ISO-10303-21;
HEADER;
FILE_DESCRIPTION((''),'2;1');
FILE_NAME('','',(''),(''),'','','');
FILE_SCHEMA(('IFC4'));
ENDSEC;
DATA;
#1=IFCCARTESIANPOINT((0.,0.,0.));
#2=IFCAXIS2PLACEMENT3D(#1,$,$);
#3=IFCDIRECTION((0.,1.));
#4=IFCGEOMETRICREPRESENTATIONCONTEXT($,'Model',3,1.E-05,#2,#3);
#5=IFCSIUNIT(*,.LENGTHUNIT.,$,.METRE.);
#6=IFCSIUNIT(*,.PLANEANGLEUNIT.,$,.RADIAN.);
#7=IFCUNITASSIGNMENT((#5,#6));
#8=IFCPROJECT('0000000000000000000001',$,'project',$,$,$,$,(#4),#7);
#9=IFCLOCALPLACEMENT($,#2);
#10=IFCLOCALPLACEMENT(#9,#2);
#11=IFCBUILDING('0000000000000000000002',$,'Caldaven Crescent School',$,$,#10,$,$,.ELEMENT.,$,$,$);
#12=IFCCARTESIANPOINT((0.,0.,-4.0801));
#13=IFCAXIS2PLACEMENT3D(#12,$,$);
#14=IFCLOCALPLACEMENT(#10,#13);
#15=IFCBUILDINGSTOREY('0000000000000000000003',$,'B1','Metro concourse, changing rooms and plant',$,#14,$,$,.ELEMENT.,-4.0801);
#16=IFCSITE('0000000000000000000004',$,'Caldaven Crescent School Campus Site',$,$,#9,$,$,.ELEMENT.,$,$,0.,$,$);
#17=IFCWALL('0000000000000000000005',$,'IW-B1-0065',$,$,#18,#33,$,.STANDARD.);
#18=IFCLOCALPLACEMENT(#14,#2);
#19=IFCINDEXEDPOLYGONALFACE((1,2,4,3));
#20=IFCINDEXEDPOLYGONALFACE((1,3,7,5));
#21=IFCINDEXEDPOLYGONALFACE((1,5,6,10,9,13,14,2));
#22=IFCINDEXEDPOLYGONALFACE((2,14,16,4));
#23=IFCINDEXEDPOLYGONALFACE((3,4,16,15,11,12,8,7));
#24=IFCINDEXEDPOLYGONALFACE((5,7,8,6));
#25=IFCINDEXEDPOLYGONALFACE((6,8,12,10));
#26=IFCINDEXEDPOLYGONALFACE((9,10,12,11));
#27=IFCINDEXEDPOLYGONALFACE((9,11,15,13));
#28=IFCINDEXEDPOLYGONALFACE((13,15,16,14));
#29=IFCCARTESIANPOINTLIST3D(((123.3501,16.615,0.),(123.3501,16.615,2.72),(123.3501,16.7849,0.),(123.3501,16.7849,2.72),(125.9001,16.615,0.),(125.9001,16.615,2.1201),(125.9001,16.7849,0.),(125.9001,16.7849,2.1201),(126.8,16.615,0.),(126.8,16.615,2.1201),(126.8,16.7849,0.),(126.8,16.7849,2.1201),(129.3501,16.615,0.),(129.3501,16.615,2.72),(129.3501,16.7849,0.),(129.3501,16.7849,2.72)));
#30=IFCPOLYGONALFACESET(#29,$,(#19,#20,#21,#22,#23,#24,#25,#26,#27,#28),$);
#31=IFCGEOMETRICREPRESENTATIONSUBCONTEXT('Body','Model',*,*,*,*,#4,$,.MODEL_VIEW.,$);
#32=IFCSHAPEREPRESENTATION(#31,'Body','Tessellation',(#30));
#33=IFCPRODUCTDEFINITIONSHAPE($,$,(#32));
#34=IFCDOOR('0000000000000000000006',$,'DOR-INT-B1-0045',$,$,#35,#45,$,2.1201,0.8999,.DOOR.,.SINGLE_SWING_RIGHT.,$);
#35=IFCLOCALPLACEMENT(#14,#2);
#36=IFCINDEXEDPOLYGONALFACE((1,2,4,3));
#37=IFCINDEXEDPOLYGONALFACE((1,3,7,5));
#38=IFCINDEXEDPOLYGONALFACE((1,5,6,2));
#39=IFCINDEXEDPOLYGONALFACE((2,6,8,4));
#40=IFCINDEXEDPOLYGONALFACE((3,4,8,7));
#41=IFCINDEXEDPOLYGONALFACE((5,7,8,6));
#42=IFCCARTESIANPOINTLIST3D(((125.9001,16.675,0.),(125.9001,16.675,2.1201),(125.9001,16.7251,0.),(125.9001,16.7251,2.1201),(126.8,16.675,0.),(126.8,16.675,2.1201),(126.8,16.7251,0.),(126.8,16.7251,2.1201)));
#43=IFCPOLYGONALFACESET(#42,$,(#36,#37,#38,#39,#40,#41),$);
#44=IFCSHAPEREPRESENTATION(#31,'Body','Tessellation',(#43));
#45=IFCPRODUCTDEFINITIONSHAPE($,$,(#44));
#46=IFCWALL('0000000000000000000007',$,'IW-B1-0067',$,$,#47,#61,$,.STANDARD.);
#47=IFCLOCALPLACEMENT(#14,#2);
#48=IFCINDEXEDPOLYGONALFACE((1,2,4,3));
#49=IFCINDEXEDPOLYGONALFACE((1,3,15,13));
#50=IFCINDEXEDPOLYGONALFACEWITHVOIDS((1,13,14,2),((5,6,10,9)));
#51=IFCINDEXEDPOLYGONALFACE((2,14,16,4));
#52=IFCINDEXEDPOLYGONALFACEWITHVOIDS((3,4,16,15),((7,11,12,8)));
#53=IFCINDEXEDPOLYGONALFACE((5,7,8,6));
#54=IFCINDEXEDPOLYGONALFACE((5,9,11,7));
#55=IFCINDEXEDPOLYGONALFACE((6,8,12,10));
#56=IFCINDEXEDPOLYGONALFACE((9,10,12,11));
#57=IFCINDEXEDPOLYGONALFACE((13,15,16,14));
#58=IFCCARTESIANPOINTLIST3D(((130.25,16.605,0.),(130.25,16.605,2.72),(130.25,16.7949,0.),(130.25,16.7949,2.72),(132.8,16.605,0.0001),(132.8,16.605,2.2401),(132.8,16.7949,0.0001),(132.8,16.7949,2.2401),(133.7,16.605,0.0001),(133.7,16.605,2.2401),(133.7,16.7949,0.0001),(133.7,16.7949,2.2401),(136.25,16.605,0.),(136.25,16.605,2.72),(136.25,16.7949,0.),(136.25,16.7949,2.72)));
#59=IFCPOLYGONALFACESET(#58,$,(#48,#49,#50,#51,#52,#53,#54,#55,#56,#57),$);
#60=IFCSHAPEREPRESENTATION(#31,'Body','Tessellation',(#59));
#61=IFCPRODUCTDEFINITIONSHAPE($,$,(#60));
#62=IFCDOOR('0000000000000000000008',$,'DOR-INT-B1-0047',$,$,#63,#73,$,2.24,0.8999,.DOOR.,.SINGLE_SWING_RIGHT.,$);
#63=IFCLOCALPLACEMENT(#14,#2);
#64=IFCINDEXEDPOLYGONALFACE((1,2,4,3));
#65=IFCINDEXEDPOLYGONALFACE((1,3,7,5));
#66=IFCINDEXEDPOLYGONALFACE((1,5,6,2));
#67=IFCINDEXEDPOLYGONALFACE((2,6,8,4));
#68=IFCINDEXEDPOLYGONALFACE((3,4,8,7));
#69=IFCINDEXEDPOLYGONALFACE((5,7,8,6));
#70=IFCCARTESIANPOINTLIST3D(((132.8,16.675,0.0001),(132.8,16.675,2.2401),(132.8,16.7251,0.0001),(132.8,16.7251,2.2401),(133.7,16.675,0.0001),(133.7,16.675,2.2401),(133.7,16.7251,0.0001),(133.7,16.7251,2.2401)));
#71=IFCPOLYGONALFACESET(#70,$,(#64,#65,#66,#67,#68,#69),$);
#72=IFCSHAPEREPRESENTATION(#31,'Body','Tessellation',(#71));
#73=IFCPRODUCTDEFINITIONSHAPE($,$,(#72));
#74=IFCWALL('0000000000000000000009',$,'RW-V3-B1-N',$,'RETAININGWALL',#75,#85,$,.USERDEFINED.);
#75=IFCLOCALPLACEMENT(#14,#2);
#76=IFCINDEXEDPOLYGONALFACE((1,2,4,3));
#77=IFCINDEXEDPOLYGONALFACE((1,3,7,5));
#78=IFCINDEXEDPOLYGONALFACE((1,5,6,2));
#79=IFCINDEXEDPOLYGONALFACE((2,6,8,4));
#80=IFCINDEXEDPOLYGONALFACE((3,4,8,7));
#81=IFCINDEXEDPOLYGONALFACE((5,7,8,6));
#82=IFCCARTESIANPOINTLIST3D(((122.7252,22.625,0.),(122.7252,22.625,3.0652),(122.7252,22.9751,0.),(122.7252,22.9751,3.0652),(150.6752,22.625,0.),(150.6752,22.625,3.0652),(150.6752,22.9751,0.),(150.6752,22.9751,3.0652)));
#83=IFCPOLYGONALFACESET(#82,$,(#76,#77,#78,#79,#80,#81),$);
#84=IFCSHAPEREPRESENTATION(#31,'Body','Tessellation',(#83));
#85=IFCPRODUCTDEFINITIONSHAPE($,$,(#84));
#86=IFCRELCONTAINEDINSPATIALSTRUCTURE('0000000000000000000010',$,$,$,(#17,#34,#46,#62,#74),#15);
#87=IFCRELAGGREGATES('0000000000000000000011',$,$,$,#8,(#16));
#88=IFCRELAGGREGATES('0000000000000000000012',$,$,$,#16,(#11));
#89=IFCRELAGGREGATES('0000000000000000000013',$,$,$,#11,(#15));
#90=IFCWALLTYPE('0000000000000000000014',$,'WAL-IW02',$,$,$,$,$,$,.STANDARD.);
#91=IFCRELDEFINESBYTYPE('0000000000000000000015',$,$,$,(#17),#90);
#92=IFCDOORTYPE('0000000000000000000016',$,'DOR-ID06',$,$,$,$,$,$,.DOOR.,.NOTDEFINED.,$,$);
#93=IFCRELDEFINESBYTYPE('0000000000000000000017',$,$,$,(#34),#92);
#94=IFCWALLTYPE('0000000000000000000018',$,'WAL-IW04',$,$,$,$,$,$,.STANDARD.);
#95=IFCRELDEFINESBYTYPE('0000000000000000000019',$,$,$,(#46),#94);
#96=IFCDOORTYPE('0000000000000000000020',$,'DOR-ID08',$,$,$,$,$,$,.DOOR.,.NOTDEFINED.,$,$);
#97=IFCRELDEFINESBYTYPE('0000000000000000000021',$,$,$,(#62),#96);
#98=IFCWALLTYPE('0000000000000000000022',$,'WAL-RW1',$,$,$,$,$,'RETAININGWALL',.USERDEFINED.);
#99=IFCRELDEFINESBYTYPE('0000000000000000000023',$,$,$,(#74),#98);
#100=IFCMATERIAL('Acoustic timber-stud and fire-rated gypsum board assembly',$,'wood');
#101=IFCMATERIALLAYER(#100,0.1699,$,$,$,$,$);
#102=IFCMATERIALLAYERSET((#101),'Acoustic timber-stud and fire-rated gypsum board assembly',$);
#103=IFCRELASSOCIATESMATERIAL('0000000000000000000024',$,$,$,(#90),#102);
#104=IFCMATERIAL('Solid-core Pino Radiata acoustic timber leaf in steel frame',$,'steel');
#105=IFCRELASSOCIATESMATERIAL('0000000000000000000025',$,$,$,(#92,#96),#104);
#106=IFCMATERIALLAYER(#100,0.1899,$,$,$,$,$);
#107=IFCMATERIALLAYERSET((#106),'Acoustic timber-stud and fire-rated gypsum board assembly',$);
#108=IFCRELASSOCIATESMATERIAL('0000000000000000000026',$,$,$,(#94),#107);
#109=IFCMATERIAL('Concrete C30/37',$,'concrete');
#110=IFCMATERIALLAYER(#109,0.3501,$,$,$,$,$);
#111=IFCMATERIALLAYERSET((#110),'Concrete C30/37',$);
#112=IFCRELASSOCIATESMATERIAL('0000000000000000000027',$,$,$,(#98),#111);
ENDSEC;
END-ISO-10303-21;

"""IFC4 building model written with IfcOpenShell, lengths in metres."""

from ifc_helpers import new_model, si_unit, direction, frame, frame_2d, origin, place, context, subcontext, project, spatial, rectangle, extrude, material, layer, layer_set, type_object, element, fill, save


model = new_model("IFC4")

# Units and contexts
model_context = context("Model", 3, precision=1e-05, world=origin(), true_north=direction((0.0, 1.0)))
body_context = subcontext(model_context, "Body", "Model", "MODEL_VIEW")
ifc_project = project(units=[si_unit("LENGTHUNIT", "METRE"), si_unit("PLANEANGLEUNIT", "RADIAN")], contexts=[model_context])

# Site, building, storey
site_placement = place(None, origin())
site = spatial("IfcSite", under=ifc_project, at=site_placement, Name="Caldaven Crescent School Campus Site", CompositionType="ELEMENT", RefElevation=0.0)
building_placement = place(site_placement, origin())
building = spatial("IfcBuilding", under=site, at=building_placement, Name="Caldaven Crescent School", CompositionType="ELEMENT")
storey_placement = place(building_placement, frame((0.0, 0.0, -4.0801)))
storey = spatial("IfcBuildingStorey", under=building, at=storey_placement, Name="B1", Description="Metro concourse, changing rooms and plant", CompositionType="ELEMENT", Elevation=-4.0801)

# Shared definitions
ifc_material_1 = material(Name="Concrete C30/37", Category="concrete")

# Walls, openings, doors
ifc_material_2 = material(Name="Acoustic timber-stud and fire-rated gypsum board assembly", Category="wood")
ifc_layer_1 = layer(ifc_material_2, 0.1699)
ifc_layer_set_1 = layer_set([ifc_layer_1], Name="Acoustic timber-stud and fire-rated gypsum board assembly")
wall_type_1 = type_object("IfcWallType", Name="WAL-IW02", PredefinedType="STANDARD", material=ifc_layer_set_1)
wall_1_placement = place(storey_placement, frame((123.3501, 16.7, 0.0), z_axis=(0.0, 0.0, 1.0), x_axis=(1.0, 0.0, 0.0)))
wall_1 = element("IfcWall", 1, at=wall_1_placement, inside=storey, type_object=wall_type_1, Name="IW-B1-0065", PredefinedType="STANDARD", context=body_context, shape_type="SweptSolid", body=[
    extrude(rectangle(XDim=6.0, YDim=0.1699, at=frame_2d((3.0, 0.0))), origin(), (0.0, 0.0, 1.0), 2.72),
])
opening_1_placement = place(wall_1_placement, frame((2.55, 0.0, 0.0)))
opening_1 = element("IfcOpeningElement", 2, at=opening_1_placement, cuts=wall_1, PredefinedType="OPENING", context=body_context, shape_type="SweptSolid", body=[
    extrude(rectangle(XDim=0.8999, YDim=2.1201, at=frame_2d((0.45, 1.0601))), frame((0.0, 0.095, 0.0), z_axis=(0.0, -1.0, 0.0), x_axis=(1.0, 0.0, 0.0)), (0.0, 0.0, 1.0), 0.1899),
])
ifc_material_3 = material(Name="Solid-core Pino Radiata acoustic timber leaf in steel frame", Category="steel")
door_type_1 = type_object("IfcDoorType", Name="DOR-ID06", OperationType="NOTDEFINED", PredefinedType="DOOR", material=ifc_material_3)
door_1_placement = place(opening_1_placement, frame((0.8999, 0.0, 0.0), z_axis=(0.0, 0.0, 1.0), x_axis=(-1.0, 0.0, 0.0)))
door_1 = element("IfcDoor", 3, at=door_1_placement, inside=storey, type_object=door_type_1, Name="DOR-INT-B1-0045", OperationType="SINGLE_SWING_RIGHT", OverallHeight=2.1201, OverallWidth=0.8999, PredefinedType="DOOR", context=body_context, shape_type="SweptSolid", body=[
    extrude(rectangle(XDim=0.8999, YDim=2.1201, at=frame_2d((0.45, 1.0601))), frame((0.0, 0.0249, 0.0), z_axis=(0.0, -1.0, 0.0), x_axis=(1.0, 0.0, 0.0)), (0.0, 0.0, 1.0), 0.05),
])
fill(opening_1, door_1)
ifc_layer_2 = layer(ifc_material_2, 0.1899)
ifc_layer_set_2 = layer_set([ifc_layer_2], Name="Acoustic timber-stud and fire-rated gypsum board assembly")
wall_type_2 = type_object("IfcWallType", Name="WAL-IW04", PredefinedType="STANDARD", material=ifc_layer_set_2)
wall_2_placement = place(storey_placement, frame((130.25, 16.7, 0.0), z_axis=(0.0, 0.0, 1.0), x_axis=(1.0, 0.0, 0.0)))
wall_2 = element("IfcWall", 4, at=wall_2_placement, inside=storey, type_object=wall_type_2, Name="IW-B1-0067", PredefinedType="STANDARD", context=body_context, shape_type="SweptSolid", body=[
    extrude(rectangle(XDim=6.0, YDim=0.1899, at=frame_2d((3.0, 0.0))), origin(), (0.0, 0.0, 1.0), 2.72),
])
opening_2_placement = place(wall_2_placement, frame((2.55, 0.0, 0.0)))
opening_2 = element("IfcOpeningElement", 5, at=opening_2_placement, cuts=wall_2, PredefinedType="OPENING", context=body_context, shape_type="SweptSolid", body=[
    extrude(rectangle(XDim=0.8999, YDim=2.24, at=frame_2d((0.45, 1.1201))), frame((0.0, 0.105, 0.0), z_axis=(0.0, -1.0, 0.0), x_axis=(1.0, 0.0, 0.0)), (0.0, 0.0, 1.0), 0.21),
])
door_type_2 = type_object("IfcDoorType", Name="DOR-ID08", OperationType="NOTDEFINED", PredefinedType="DOOR", material=ifc_material_3)
door_2_placement = place(opening_2_placement, frame((0.8999, 0.0, 0.0), z_axis=(0.0, 0.0, 1.0), x_axis=(-1.0, 0.0, 0.0)))
door_2 = element("IfcDoor", 6, at=door_2_placement, inside=storey, type_object=door_type_2, Name="DOR-INT-B1-0047", OperationType="SINGLE_SWING_RIGHT", OverallHeight=2.24, OverallWidth=0.8999, PredefinedType="DOOR", context=body_context, shape_type="SweptSolid", body=[
    extrude(rectangle(XDim=0.8999, YDim=2.24, at=frame_2d((0.45, 1.1201))), frame((0.0, 0.0249, 0.0), z_axis=(0.0, -1.0, 0.0), x_axis=(1.0, 0.0, 0.0)), (0.0, 0.0, 1.0), 0.05),
])
fill(opening_2, door_2)

# Wall
ifc_layer_3 = layer(ifc_material_1, 0.3501)
ifc_layer_set_3 = layer_set([ifc_layer_3], Name="Concrete C30/37")
wall_type_3 = type_object("IfcWallType", Name="WAL-RW1", ElementType="RETAININGWALL", PredefinedType="USERDEFINED", material=ifc_layer_set_3)
wall_3_placement = place(storey_placement, frame((122.7251, 22.8, 0.0), z_axis=(0.0, 0.0, 1.0), x_axis=(1.0, 0.0, 0.0)))
element("IfcWall", 7, at=wall_3_placement, inside=storey, type_object=wall_type_3, Name="RW-V3-B1-N", ObjectType="RETAININGWALL", PredefinedType="USERDEFINED", context=body_context, shape_type="SweptSolid", body=[
    extrude(rectangle(XDim=27.95, YDim=0.3501, at=frame_2d((13.9751, 0.0))), origin(), (0.0, 0.0, 1.0), 3.0652),
])

save(model, "model.ifc")
